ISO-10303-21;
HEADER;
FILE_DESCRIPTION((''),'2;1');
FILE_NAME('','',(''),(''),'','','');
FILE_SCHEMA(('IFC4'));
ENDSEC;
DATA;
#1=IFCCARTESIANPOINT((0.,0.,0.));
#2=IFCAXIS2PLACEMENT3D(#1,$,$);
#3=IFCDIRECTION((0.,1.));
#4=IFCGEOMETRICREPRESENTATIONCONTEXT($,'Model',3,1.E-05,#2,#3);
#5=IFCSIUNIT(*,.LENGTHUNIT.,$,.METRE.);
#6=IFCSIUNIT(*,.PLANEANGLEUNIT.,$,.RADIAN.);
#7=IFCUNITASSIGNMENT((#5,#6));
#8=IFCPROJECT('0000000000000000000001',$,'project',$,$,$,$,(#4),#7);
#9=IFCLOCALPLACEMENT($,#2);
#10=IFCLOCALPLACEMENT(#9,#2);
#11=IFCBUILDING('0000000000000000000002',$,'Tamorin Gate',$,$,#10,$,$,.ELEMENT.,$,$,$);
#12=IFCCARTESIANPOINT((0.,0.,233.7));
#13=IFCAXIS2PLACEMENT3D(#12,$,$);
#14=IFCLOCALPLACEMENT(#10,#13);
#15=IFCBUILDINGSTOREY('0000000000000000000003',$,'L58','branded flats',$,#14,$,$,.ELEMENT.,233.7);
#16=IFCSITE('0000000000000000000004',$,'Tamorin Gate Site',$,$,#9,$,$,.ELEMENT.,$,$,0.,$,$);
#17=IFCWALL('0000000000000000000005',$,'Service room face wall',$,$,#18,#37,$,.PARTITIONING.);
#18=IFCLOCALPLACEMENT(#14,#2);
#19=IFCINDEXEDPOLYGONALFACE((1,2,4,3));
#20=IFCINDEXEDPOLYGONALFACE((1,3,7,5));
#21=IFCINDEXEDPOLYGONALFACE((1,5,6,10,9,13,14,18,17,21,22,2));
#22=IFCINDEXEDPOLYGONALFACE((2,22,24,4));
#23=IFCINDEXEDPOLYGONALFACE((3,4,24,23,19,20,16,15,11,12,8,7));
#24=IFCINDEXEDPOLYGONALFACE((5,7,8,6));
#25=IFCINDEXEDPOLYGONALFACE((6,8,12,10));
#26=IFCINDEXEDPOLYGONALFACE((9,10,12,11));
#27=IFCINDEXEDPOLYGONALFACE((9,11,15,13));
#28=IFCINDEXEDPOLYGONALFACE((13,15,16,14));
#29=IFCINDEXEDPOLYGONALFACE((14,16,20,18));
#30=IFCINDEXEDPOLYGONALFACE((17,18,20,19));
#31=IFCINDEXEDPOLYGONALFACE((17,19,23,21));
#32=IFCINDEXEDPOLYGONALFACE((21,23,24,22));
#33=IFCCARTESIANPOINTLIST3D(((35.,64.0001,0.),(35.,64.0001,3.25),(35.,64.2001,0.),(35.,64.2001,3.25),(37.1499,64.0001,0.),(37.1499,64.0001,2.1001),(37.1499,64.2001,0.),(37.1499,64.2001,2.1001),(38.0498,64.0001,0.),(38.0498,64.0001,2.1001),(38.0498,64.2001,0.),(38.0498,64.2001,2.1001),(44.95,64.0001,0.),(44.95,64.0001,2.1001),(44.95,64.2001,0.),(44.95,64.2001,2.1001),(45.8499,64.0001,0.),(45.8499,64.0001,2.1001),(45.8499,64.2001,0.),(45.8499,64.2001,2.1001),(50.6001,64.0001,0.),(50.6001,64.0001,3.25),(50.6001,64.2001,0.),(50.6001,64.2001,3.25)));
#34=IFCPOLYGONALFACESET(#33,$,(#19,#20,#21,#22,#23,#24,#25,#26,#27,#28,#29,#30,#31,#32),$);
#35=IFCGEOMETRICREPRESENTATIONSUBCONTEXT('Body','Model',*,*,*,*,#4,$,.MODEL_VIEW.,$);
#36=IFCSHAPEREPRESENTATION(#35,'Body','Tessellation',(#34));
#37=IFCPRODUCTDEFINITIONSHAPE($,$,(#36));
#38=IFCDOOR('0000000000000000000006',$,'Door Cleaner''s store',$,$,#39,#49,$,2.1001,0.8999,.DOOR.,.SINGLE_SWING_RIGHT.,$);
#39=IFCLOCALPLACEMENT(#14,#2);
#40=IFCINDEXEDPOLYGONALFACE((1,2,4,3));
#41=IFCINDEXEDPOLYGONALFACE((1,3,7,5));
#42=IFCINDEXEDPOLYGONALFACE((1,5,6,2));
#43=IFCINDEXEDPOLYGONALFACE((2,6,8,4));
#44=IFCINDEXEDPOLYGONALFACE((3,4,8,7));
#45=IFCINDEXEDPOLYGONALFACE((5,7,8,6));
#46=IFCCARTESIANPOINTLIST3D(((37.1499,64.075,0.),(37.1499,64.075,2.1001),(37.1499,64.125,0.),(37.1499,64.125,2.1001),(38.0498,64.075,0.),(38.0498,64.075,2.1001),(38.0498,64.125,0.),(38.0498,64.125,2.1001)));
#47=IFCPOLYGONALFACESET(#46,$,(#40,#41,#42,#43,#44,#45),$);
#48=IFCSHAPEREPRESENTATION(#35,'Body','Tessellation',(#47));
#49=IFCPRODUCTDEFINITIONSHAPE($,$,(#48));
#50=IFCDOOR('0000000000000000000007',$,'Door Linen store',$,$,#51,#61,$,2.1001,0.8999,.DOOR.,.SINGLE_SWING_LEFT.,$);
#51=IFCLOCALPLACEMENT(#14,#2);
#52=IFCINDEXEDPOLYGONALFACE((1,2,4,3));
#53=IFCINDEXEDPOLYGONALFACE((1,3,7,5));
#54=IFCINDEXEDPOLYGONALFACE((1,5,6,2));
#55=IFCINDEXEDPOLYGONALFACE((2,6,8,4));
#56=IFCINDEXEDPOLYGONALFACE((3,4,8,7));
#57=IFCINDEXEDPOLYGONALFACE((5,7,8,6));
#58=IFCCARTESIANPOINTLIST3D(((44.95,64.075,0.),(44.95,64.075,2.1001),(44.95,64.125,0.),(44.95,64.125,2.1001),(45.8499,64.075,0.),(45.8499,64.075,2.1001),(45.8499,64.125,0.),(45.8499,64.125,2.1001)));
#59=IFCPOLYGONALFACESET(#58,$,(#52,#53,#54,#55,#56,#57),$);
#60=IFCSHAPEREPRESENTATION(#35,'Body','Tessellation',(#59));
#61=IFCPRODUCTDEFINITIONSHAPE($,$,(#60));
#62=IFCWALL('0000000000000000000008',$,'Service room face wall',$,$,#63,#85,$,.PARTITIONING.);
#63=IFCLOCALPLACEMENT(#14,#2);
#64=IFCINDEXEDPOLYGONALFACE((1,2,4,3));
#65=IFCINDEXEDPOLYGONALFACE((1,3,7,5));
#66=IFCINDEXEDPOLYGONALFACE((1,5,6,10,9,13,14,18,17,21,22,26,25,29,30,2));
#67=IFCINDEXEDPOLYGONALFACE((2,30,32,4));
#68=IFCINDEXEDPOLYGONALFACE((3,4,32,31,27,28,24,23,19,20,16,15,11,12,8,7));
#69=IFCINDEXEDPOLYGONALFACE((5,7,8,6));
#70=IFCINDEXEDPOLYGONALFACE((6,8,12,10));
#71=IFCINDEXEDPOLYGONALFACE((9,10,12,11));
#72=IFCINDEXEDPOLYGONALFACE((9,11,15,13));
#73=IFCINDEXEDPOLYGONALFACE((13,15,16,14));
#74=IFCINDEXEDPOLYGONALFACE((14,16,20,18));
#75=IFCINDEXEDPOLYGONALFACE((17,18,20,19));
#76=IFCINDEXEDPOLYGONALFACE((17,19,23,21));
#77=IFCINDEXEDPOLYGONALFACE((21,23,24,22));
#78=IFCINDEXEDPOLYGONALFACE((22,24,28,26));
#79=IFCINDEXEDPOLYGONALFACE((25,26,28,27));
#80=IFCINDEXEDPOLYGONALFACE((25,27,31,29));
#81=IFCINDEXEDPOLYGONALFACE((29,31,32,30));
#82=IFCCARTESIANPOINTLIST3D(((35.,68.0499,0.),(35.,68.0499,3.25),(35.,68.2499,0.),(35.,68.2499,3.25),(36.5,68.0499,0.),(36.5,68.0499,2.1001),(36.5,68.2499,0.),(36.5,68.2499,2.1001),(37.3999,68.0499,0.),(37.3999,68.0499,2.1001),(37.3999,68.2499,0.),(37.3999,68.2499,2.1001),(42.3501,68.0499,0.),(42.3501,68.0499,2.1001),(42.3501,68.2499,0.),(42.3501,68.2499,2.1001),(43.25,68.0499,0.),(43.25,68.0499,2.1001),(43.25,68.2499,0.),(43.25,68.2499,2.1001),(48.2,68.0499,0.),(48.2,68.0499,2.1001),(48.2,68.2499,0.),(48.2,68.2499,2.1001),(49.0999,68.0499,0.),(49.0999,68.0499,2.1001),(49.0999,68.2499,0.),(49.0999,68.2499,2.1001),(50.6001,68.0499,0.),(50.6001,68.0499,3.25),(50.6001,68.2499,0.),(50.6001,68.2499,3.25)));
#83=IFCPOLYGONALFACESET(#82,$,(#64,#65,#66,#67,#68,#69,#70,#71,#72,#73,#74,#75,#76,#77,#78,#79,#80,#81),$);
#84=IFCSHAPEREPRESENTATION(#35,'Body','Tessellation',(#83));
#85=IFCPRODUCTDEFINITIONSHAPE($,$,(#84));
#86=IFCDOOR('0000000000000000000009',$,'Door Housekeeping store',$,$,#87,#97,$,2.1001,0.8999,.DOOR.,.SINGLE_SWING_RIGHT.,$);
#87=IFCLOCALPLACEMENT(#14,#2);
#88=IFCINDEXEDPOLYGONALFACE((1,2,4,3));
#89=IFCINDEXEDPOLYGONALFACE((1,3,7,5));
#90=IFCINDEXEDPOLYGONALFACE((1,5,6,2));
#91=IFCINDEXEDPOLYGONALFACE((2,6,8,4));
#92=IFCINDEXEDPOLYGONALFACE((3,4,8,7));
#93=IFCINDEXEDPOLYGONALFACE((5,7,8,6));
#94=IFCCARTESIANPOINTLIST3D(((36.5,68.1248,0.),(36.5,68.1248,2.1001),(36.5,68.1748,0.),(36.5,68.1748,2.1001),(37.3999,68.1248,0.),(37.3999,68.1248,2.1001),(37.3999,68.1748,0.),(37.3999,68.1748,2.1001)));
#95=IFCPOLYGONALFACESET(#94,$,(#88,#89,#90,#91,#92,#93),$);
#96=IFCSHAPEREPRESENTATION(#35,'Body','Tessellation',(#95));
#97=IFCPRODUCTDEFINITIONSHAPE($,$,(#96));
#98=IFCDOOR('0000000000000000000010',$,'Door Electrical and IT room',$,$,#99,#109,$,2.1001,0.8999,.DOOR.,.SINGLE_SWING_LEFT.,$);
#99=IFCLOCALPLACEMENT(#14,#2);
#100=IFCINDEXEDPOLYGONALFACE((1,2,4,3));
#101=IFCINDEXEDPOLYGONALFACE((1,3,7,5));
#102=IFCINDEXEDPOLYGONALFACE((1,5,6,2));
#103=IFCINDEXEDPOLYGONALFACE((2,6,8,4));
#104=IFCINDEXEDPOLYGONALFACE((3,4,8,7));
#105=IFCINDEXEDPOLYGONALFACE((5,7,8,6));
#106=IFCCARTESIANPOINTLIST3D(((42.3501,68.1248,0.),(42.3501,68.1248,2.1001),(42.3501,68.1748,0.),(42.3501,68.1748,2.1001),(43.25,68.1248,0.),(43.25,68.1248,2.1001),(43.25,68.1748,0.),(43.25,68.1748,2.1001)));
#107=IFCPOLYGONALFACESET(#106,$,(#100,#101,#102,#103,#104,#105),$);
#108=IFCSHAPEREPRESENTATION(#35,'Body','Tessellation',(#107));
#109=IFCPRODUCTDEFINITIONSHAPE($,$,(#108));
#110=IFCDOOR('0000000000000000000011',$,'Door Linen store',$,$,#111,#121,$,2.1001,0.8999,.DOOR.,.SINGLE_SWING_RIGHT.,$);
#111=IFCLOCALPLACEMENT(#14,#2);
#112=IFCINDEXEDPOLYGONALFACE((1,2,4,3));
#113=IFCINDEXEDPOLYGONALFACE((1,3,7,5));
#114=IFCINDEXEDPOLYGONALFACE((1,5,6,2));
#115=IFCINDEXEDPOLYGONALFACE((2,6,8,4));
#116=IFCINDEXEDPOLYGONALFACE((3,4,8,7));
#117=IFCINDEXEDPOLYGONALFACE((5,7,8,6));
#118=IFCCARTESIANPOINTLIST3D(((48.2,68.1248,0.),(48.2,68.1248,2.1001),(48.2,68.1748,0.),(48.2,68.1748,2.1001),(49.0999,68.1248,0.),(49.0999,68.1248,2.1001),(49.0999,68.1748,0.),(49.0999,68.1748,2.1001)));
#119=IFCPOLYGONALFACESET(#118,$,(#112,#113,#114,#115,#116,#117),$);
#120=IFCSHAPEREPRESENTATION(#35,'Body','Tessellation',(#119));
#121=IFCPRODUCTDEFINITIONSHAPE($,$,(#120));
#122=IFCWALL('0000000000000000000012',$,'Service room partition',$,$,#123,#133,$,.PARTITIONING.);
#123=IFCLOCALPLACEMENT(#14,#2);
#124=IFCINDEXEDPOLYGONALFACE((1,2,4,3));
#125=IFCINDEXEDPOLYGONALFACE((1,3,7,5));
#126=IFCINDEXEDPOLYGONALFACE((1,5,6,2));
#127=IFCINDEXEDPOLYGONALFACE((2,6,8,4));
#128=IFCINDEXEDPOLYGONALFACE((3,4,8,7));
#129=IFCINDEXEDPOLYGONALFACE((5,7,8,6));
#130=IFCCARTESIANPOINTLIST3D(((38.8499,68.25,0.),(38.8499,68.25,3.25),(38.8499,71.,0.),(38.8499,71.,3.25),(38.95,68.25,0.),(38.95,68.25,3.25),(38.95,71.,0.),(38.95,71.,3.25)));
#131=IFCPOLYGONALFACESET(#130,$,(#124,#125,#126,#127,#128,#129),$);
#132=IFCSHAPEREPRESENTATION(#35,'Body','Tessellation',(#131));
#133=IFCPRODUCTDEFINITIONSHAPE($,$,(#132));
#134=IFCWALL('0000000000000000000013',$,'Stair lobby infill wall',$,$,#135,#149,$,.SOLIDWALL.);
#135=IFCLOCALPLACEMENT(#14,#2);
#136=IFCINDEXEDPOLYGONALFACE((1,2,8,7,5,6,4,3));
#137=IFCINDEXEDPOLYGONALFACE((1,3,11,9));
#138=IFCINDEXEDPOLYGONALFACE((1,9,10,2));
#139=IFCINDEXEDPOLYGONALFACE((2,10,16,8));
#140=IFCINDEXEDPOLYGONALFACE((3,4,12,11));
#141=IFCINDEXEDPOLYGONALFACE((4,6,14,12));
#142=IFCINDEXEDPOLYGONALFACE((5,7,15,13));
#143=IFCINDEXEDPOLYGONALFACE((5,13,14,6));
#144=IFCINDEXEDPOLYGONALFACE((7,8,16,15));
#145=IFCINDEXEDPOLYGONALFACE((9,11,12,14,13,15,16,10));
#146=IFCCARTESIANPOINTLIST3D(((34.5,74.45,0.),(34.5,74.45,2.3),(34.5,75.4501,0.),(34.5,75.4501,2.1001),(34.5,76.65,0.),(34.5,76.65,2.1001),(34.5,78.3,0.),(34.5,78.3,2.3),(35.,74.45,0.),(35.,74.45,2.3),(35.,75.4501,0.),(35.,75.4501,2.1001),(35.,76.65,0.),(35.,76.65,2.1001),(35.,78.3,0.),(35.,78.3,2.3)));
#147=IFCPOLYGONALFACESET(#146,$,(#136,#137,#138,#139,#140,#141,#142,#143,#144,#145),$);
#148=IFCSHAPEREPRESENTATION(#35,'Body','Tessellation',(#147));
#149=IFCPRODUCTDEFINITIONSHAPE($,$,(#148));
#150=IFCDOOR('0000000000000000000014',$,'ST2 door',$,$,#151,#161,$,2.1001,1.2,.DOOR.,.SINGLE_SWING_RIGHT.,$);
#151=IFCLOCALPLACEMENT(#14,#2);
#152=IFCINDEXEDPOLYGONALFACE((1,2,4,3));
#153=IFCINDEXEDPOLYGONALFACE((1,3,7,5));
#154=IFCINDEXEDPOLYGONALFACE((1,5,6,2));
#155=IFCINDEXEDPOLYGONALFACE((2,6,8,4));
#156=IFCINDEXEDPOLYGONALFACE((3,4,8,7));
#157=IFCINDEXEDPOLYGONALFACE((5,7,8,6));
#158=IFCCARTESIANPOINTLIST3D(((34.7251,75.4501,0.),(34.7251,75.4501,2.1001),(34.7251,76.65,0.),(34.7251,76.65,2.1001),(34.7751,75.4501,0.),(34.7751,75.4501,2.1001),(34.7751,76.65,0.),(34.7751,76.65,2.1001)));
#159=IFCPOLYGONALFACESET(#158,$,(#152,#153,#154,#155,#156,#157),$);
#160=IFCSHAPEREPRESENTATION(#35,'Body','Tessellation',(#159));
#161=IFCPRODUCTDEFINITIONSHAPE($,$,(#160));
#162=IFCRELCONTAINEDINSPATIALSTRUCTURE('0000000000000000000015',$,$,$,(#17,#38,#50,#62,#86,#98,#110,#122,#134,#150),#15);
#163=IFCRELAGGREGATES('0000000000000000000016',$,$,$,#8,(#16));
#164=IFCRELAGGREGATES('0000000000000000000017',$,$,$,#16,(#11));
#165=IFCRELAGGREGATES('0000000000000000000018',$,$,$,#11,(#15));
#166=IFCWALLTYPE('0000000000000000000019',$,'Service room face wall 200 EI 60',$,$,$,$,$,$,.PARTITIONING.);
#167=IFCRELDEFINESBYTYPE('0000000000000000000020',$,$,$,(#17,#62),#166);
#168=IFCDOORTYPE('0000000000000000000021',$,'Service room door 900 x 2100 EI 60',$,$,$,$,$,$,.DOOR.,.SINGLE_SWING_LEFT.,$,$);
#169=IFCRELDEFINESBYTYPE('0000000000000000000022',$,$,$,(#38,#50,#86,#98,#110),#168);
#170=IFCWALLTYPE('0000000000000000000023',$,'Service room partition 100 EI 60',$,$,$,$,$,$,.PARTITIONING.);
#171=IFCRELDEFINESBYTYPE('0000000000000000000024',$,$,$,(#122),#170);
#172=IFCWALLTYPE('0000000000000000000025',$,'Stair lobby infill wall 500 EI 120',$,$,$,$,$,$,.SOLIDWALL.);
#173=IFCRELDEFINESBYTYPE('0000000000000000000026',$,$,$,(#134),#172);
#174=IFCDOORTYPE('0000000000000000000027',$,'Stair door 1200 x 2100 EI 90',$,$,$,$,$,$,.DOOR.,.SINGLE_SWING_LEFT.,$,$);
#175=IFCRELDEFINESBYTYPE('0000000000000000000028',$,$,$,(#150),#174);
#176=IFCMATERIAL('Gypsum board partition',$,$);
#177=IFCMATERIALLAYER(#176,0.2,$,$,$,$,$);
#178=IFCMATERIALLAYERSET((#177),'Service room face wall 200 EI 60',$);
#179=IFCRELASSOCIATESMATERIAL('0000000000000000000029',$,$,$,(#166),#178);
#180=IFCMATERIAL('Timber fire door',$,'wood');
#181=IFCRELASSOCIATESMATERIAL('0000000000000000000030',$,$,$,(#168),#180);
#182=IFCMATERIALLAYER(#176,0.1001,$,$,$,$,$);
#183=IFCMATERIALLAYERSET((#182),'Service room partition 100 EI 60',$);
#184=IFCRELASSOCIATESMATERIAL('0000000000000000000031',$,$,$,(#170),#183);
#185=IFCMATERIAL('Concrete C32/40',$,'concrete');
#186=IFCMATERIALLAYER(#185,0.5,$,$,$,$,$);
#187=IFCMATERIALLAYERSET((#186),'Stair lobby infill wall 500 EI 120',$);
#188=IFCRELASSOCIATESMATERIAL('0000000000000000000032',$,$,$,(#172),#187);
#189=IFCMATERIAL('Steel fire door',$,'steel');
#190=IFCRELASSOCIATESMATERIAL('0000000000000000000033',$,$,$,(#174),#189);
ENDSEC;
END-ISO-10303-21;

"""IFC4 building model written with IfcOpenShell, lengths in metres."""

from ifc_helpers import new_model, si_unit, direction, frame, frame_2d, origin, place, context, subcontext, project, spatial, rectangle, extrude, material, layer, layer_set, type_object, element, fill, save


model = new_model("IFC4")

# Units and contexts
model_context = context("Model", 3, precision=1e-05, world=origin(), true_north=direction((0.0, 1.0)))
body_context = subcontext(model_context, "Body", "Model", "MODEL_VIEW")
ifc_project = project(units=[si_unit("LENGTHUNIT", "METRE"), si_unit("PLANEANGLEUNIT", "RADIAN")], contexts=[model_context])

# Site, building, storey
site_placement = place(None, origin())
site = spatial("IfcSite", under=ifc_project, at=site_placement, Name="Tamorin Gate Site", CompositionType="ELEMENT", RefElevation=0.0)
building_placement = place(site_placement, origin())
building = spatial("IfcBuilding", under=site, at=building_placement, Name="Tamorin Gate", CompositionType="ELEMENT")
storey_placement = place(building_placement, frame((0.0, 0.0, 233.7)))
storey = spatial("IfcBuildingStorey", under=building, at=storey_placement, Name="L58", Description="branded flats", CompositionType="ELEMENT", Elevation=233.7)

# Shared definitions
ifc_material_1 = material(Name="Concrete C32/40", Category="concrete")

# Walls, openings, doors
ifc_material_2 = material(Name="Gypsum board partition")
ifc_layer_1 = layer(ifc_material_2, 0.2)
ifc_layer_set_1 = layer_set([ifc_layer_1], Name="Service room face wall 200 EI 60")
wall_type_1 = type_object("IfcWallType", Name="Service room face wall 200 EI 60", PredefinedType="PARTITIONING", material=ifc_layer_set_1)
wall_1_placement = place(storey_placement, frame((35.0, 64.1001, 0.0), z_axis=(0.0, 0.0, 1.0), x_axis=(1.0, 0.0, 0.0)))
wall_1 = element("IfcWall", 1, at=wall_1_placement, inside=storey, type_object=wall_type_1, Name="Service room face wall", PredefinedType="PARTITIONING", context=body_context, shape_type="SweptSolid", body=[
    extrude(rectangle(XDim=15.6001, YDim=0.2, at=frame_2d((7.8, 0.0))), origin(), (0.0, 0.0, 1.0), 3.25),
])
opening_1_placement = place(wall_1_placement, frame((2.1499, 0.0, 0.0)))
opening_1 = element("IfcOpeningElement", 2, at=opening_1_placement, cuts=wall_1, PredefinedType="OPENING", context=body_context, shape_type="SweptSolid", body=[
    extrude(rectangle(XDim=0.8999, YDim=2.1001, at=frame_2d((0.45, 1.05))), frame((0.0, 0.1099, 0.0), z_axis=(0.0, -1.0, 0.0), x_axis=(1.0, 0.0, 0.0)), (0.0, 0.0, 1.0), 0.22),
])
opening_2_placement = place(wall_1_placement, frame((9.95, 0.0, 0.0)))
opening_2 = element("IfcOpeningElement", 3, at=opening_2_placement, cuts=wall_1, PredefinedType="OPENING", context=body_context, shape_type="SweptSolid", body=[
    extrude(rectangle(XDim=0.8999, YDim=2.1001, at=frame_2d((0.45, 1.05))), frame((0.0, 0.1099, 0.0), z_axis=(0.0, -1.0, 0.0), x_axis=(1.0, 0.0, 0.0)), (0.0, 0.0, 1.0), 0.22),
])
ifc_material_3 = material(Name="Timber fire door", Category="wood")
door_type_1 = type_object("IfcDoorType", Name="Service room door 900 x 2100 EI 60", OperationType="SINGLE_SWING_LEFT", PredefinedType="DOOR", material=ifc_material_3)
door_1_placement = place(opening_1_placement, origin())
door_1 = element("IfcDoor", 4, at=door_1_placement, inside=storey, type_object=door_type_1, Name="Door Cleaner's store", OperationType="SINGLE_SWING_RIGHT", OverallHeight=2.1001, OverallWidth=0.8999, PredefinedType="DOOR", context=body_context, shape_type="SweptSolid", body=[
    extrude(rectangle(XDim=0.8999, YDim=2.1001, at=frame_2d((0.45, 1.05))), frame((0.0, 0.0249, 0.0), z_axis=(0.0, -1.0, 0.0), x_axis=(1.0, 0.0, 0.0)), (0.0, 0.0, 1.0), 0.05),
])
fill(opening_1, door_1)
door_2_placement = place(opening_2_placement, origin())
door_2 = element("IfcDoor", 5, at=door_2_placement, inside=storey, type_object=door_type_1, Name="Door Linen store", OperationType="SINGLE_SWING_LEFT", OverallHeight=2.1001, OverallWidth=0.8999, PredefinedType="DOOR", context=body_context, shape_type="SweptSolid", body=[
    extrude(rectangle(XDim=0.8999, YDim=2.1001, at=frame_2d((0.45, 1.05))), frame((0.0, 0.0249, 0.0), z_axis=(0.0, -1.0, 0.0), x_axis=(1.0, 0.0, 0.0)), (0.0, 0.0, 1.0), 0.05),
])
fill(opening_2, door_2)
wall_2_placement = place(storey_placement, frame((35.0, 68.1499, 0.0), z_axis=(0.0, 0.0, 1.0), x_axis=(1.0, 0.0, 0.0)))
wall_2 = element("IfcWall", 6, at=wall_2_placement, inside=storey, type_object=wall_type_1, Name="Service room face wall", PredefinedType="PARTITIONING", context=body_context, shape_type="SweptSolid", body=[
    extrude(rectangle(XDim=15.6001, YDim=0.2, at=frame_2d((7.8, 0.0))), origin(), (0.0, 0.0, 1.0), 3.25),
])
opening_3_placement = place(wall_2_placement, frame((1.5, 0.0, 0.0)))
opening_3 = element("IfcOpeningElement", 7, at=opening_3_placement, cuts=wall_2, PredefinedType="OPENING", context=body_context, shape_type="SweptSolid", body=[
    extrude(rectangle(XDim=0.8999, YDim=2.1001, at=frame_2d((0.45, 1.05))), frame((0.0, 0.1099, 0.0), z_axis=(0.0, -1.0, 0.0), x_axis=(1.0, 0.0, 0.0)), (0.0, 0.0, 1.0), 0.22),
])
opening_4_placement = place(wall_2_placement, frame((7.3501, 0.0, 0.0)))
opening_4 = element("IfcOpeningElement", 8, at=opening_4_placement, cuts=wall_2, PredefinedType="OPENING", context=body_context, shape_type="SweptSolid", body=[
    extrude(rectangle(XDim=0.8999, YDim=2.1001, at=frame_2d((0.45, 1.05))), frame((0.0, 0.1099, 0.0), z_axis=(0.0, -1.0, 0.0), x_axis=(1.0, 0.0, 0.0)), (0.0, 0.0, 1.0), 0.22),
])
opening_5_placement = place(wall_2_placement, frame((13.2, 0.0, 0.0)))
opening_5 = element("IfcOpeningElement", 9, at=opening_5_placement, cuts=wall_2, PredefinedType="OPENING", context=body_context, shape_type="SweptSolid", body=[
    extrude(rectangle(XDim=0.8999, YDim=2.1001, at=frame_2d((0.45, 1.05))), frame((0.0, 0.1099, 0.0), z_axis=(0.0, -1.0, 0.0), x_axis=(1.0, 0.0, 0.0)), (0.0, 0.0, 1.0), 0.22),
])
door_3_placement = place(opening_3_placement, origin())
door_3 = element("IfcDoor", 10, at=door_3_placement, inside=storey, type_object=door_type_1, Name="Door Housekeeping store", OperationType="SINGLE_SWING_RIGHT", OverallHeight=2.1001, OverallWidth=0.8999, PredefinedType="DOOR", context=body_context, shape_type="SweptSolid", body=[
    extrude(rectangle(XDim=0.8999, YDim=2.1001, at=frame_2d((0.45, 1.05))), frame((0.0, 0.0249, 0.0), z_axis=(0.0, -1.0, 0.0), x_axis=(1.0, 0.0, 0.0)), (0.0, 0.0, 1.0), 0.05),
])
fill(opening_3, door_3)
door_4_placement = place(opening_4_placement, origin())
door_4 = element("IfcDoor", 11, at=door_4_placement, inside=storey, type_object=door_type_1, Name="Door Electrical and IT room", OperationType="SINGLE_SWING_LEFT", OverallHeight=2.1001, OverallWidth=0.8999, PredefinedType="DOOR", context=body_context, shape_type="SweptSolid", body=[
    extrude(rectangle(XDim=0.8999, YDim=2.1001, at=frame_2d((0.45, 1.05))), frame((0.0, 0.0249, 0.0), z_axis=(0.0, -1.0, 0.0), x_axis=(1.0, 0.0, 0.0)), (0.0, 0.0, 1.0), 0.05),
])
fill(opening_4, door_4)
door_5_placement = place(opening_5_placement, origin())
door_5 = element("IfcDoor", 12, at=door_5_placement, inside=storey, type_object=door_type_1, Name="Door Linen store", OperationType="SINGLE_SWING_RIGHT", OverallHeight=2.1001, OverallWidth=0.8999, PredefinedType="DOOR", context=body_context, shape_type="SweptSolid", body=[
    extrude(rectangle(XDim=0.8999, YDim=2.1001, at=frame_2d((0.45, 1.05))), frame((0.0, 0.0249, 0.0), z_axis=(0.0, -1.0, 0.0), x_axis=(1.0, 0.0, 0.0)), (0.0, 0.0, 1.0), 0.05),
])
fill(opening_5, door_5)

# Wall
ifc_layer_2 = layer(ifc_material_2, 0.1001)
ifc_layer_set_2 = layer_set([ifc_layer_2], Name="Service room partition 100 EI 60")
wall_type_2 = type_object("IfcWallType", Name="Service room partition 100 EI 60", PredefinedType="PARTITIONING", material=ifc_layer_set_2)
wall_3_placement = place(storey_placement, frame((38.8999, 68.25, 0.0), z_axis=(0.0, 0.0, 1.0), x_axis=(0.0, 1.0, 0.0)))
element("IfcWall", 13, at=wall_3_placement, inside=storey, type_object=wall_type_2, Name="Service room partition", PredefinedType="PARTITIONING", context=body_context, shape_type="SweptSolid", body=[
    extrude(rectangle(XDim=2.75, YDim=0.1001, at=frame_2d((1.375, 0.0))), origin(), (0.0, 0.0, 1.0), 3.25),
])

# Wall, opening, door
ifc_layer_3 = layer(ifc_material_1, 0.5)
ifc_layer_set_3 = layer_set([ifc_layer_3], Name="Stair lobby infill wall 500 EI 120")
wall_type_3 = type_object("IfcWallType", Name="Stair lobby infill wall 500 EI 120", PredefinedType="SOLIDWALL", material=ifc_layer_set_3)
wall_4_placement = place(storey_placement, frame((34.75, 74.45, 0.0), z_axis=(0.0, 0.0, 1.0), x_axis=(0.0, 1.0, 0.0)))
wall_4 = element("IfcWall", 14, at=wall_4_placement, inside=storey, type_object=wall_type_3, Name="Stair lobby infill wall", PredefinedType="SOLIDWALL", context=body_context, shape_type="SweptSolid", body=[
    extrude(rectangle(XDim=3.8501, YDim=0.5, at=frame_2d((1.925, 0.0))), origin(), (0.0, 0.0, 1.0), 2.3),
])
opening_6_placement = place(wall_4_placement, frame((1.0, 0.0, 0.0)))
opening_6 = element("IfcOpeningElement", 15, at=opening_6_placement, cuts=wall_4, PredefinedType="OPENING", context=body_context, shape_type="SweptSolid", body=[
    extrude(rectangle(XDim=1.2, YDim=2.1001, at=frame_2d((0.6001, 1.05))), frame((0.0, 0.26, 0.0), z_axis=(0.0, -1.0, 0.0), x_axis=(1.0, 0.0, 0.0)), (0.0, 0.0, 1.0), 0.52),
])
ifc_material_4 = material(Name="Steel fire door", Category="steel")
door_type_2 = type_object("IfcDoorType", Name="Stair door 1200 x 2100 EI 90", OperationType="SINGLE_SWING_LEFT", PredefinedType="DOOR", material=ifc_material_4)
door_6_placement = place(opening_6_placement, origin())
door_6 = element("IfcDoor", 16, at=door_6_placement, inside=storey, type_object=door_type_2, Name="ST2 door", OperationType="SINGLE_SWING_RIGHT", OverallHeight=2.1001, OverallWidth=1.2, PredefinedType="DOOR", context=body_context, shape_type="SweptSolid", body=[
    extrude(rectangle(XDim=1.2, YDim=2.1001, at=frame_2d((0.6001, 1.05))), frame((0.0, 0.0249, 0.0), z_axis=(0.0, -1.0, 0.0), x_axis=(1.0, 0.0, 0.0)), (0.0, 0.0, 1.0), 0.05),
])
fill(opening_6, door_6)

save(model, "model.ifc")
